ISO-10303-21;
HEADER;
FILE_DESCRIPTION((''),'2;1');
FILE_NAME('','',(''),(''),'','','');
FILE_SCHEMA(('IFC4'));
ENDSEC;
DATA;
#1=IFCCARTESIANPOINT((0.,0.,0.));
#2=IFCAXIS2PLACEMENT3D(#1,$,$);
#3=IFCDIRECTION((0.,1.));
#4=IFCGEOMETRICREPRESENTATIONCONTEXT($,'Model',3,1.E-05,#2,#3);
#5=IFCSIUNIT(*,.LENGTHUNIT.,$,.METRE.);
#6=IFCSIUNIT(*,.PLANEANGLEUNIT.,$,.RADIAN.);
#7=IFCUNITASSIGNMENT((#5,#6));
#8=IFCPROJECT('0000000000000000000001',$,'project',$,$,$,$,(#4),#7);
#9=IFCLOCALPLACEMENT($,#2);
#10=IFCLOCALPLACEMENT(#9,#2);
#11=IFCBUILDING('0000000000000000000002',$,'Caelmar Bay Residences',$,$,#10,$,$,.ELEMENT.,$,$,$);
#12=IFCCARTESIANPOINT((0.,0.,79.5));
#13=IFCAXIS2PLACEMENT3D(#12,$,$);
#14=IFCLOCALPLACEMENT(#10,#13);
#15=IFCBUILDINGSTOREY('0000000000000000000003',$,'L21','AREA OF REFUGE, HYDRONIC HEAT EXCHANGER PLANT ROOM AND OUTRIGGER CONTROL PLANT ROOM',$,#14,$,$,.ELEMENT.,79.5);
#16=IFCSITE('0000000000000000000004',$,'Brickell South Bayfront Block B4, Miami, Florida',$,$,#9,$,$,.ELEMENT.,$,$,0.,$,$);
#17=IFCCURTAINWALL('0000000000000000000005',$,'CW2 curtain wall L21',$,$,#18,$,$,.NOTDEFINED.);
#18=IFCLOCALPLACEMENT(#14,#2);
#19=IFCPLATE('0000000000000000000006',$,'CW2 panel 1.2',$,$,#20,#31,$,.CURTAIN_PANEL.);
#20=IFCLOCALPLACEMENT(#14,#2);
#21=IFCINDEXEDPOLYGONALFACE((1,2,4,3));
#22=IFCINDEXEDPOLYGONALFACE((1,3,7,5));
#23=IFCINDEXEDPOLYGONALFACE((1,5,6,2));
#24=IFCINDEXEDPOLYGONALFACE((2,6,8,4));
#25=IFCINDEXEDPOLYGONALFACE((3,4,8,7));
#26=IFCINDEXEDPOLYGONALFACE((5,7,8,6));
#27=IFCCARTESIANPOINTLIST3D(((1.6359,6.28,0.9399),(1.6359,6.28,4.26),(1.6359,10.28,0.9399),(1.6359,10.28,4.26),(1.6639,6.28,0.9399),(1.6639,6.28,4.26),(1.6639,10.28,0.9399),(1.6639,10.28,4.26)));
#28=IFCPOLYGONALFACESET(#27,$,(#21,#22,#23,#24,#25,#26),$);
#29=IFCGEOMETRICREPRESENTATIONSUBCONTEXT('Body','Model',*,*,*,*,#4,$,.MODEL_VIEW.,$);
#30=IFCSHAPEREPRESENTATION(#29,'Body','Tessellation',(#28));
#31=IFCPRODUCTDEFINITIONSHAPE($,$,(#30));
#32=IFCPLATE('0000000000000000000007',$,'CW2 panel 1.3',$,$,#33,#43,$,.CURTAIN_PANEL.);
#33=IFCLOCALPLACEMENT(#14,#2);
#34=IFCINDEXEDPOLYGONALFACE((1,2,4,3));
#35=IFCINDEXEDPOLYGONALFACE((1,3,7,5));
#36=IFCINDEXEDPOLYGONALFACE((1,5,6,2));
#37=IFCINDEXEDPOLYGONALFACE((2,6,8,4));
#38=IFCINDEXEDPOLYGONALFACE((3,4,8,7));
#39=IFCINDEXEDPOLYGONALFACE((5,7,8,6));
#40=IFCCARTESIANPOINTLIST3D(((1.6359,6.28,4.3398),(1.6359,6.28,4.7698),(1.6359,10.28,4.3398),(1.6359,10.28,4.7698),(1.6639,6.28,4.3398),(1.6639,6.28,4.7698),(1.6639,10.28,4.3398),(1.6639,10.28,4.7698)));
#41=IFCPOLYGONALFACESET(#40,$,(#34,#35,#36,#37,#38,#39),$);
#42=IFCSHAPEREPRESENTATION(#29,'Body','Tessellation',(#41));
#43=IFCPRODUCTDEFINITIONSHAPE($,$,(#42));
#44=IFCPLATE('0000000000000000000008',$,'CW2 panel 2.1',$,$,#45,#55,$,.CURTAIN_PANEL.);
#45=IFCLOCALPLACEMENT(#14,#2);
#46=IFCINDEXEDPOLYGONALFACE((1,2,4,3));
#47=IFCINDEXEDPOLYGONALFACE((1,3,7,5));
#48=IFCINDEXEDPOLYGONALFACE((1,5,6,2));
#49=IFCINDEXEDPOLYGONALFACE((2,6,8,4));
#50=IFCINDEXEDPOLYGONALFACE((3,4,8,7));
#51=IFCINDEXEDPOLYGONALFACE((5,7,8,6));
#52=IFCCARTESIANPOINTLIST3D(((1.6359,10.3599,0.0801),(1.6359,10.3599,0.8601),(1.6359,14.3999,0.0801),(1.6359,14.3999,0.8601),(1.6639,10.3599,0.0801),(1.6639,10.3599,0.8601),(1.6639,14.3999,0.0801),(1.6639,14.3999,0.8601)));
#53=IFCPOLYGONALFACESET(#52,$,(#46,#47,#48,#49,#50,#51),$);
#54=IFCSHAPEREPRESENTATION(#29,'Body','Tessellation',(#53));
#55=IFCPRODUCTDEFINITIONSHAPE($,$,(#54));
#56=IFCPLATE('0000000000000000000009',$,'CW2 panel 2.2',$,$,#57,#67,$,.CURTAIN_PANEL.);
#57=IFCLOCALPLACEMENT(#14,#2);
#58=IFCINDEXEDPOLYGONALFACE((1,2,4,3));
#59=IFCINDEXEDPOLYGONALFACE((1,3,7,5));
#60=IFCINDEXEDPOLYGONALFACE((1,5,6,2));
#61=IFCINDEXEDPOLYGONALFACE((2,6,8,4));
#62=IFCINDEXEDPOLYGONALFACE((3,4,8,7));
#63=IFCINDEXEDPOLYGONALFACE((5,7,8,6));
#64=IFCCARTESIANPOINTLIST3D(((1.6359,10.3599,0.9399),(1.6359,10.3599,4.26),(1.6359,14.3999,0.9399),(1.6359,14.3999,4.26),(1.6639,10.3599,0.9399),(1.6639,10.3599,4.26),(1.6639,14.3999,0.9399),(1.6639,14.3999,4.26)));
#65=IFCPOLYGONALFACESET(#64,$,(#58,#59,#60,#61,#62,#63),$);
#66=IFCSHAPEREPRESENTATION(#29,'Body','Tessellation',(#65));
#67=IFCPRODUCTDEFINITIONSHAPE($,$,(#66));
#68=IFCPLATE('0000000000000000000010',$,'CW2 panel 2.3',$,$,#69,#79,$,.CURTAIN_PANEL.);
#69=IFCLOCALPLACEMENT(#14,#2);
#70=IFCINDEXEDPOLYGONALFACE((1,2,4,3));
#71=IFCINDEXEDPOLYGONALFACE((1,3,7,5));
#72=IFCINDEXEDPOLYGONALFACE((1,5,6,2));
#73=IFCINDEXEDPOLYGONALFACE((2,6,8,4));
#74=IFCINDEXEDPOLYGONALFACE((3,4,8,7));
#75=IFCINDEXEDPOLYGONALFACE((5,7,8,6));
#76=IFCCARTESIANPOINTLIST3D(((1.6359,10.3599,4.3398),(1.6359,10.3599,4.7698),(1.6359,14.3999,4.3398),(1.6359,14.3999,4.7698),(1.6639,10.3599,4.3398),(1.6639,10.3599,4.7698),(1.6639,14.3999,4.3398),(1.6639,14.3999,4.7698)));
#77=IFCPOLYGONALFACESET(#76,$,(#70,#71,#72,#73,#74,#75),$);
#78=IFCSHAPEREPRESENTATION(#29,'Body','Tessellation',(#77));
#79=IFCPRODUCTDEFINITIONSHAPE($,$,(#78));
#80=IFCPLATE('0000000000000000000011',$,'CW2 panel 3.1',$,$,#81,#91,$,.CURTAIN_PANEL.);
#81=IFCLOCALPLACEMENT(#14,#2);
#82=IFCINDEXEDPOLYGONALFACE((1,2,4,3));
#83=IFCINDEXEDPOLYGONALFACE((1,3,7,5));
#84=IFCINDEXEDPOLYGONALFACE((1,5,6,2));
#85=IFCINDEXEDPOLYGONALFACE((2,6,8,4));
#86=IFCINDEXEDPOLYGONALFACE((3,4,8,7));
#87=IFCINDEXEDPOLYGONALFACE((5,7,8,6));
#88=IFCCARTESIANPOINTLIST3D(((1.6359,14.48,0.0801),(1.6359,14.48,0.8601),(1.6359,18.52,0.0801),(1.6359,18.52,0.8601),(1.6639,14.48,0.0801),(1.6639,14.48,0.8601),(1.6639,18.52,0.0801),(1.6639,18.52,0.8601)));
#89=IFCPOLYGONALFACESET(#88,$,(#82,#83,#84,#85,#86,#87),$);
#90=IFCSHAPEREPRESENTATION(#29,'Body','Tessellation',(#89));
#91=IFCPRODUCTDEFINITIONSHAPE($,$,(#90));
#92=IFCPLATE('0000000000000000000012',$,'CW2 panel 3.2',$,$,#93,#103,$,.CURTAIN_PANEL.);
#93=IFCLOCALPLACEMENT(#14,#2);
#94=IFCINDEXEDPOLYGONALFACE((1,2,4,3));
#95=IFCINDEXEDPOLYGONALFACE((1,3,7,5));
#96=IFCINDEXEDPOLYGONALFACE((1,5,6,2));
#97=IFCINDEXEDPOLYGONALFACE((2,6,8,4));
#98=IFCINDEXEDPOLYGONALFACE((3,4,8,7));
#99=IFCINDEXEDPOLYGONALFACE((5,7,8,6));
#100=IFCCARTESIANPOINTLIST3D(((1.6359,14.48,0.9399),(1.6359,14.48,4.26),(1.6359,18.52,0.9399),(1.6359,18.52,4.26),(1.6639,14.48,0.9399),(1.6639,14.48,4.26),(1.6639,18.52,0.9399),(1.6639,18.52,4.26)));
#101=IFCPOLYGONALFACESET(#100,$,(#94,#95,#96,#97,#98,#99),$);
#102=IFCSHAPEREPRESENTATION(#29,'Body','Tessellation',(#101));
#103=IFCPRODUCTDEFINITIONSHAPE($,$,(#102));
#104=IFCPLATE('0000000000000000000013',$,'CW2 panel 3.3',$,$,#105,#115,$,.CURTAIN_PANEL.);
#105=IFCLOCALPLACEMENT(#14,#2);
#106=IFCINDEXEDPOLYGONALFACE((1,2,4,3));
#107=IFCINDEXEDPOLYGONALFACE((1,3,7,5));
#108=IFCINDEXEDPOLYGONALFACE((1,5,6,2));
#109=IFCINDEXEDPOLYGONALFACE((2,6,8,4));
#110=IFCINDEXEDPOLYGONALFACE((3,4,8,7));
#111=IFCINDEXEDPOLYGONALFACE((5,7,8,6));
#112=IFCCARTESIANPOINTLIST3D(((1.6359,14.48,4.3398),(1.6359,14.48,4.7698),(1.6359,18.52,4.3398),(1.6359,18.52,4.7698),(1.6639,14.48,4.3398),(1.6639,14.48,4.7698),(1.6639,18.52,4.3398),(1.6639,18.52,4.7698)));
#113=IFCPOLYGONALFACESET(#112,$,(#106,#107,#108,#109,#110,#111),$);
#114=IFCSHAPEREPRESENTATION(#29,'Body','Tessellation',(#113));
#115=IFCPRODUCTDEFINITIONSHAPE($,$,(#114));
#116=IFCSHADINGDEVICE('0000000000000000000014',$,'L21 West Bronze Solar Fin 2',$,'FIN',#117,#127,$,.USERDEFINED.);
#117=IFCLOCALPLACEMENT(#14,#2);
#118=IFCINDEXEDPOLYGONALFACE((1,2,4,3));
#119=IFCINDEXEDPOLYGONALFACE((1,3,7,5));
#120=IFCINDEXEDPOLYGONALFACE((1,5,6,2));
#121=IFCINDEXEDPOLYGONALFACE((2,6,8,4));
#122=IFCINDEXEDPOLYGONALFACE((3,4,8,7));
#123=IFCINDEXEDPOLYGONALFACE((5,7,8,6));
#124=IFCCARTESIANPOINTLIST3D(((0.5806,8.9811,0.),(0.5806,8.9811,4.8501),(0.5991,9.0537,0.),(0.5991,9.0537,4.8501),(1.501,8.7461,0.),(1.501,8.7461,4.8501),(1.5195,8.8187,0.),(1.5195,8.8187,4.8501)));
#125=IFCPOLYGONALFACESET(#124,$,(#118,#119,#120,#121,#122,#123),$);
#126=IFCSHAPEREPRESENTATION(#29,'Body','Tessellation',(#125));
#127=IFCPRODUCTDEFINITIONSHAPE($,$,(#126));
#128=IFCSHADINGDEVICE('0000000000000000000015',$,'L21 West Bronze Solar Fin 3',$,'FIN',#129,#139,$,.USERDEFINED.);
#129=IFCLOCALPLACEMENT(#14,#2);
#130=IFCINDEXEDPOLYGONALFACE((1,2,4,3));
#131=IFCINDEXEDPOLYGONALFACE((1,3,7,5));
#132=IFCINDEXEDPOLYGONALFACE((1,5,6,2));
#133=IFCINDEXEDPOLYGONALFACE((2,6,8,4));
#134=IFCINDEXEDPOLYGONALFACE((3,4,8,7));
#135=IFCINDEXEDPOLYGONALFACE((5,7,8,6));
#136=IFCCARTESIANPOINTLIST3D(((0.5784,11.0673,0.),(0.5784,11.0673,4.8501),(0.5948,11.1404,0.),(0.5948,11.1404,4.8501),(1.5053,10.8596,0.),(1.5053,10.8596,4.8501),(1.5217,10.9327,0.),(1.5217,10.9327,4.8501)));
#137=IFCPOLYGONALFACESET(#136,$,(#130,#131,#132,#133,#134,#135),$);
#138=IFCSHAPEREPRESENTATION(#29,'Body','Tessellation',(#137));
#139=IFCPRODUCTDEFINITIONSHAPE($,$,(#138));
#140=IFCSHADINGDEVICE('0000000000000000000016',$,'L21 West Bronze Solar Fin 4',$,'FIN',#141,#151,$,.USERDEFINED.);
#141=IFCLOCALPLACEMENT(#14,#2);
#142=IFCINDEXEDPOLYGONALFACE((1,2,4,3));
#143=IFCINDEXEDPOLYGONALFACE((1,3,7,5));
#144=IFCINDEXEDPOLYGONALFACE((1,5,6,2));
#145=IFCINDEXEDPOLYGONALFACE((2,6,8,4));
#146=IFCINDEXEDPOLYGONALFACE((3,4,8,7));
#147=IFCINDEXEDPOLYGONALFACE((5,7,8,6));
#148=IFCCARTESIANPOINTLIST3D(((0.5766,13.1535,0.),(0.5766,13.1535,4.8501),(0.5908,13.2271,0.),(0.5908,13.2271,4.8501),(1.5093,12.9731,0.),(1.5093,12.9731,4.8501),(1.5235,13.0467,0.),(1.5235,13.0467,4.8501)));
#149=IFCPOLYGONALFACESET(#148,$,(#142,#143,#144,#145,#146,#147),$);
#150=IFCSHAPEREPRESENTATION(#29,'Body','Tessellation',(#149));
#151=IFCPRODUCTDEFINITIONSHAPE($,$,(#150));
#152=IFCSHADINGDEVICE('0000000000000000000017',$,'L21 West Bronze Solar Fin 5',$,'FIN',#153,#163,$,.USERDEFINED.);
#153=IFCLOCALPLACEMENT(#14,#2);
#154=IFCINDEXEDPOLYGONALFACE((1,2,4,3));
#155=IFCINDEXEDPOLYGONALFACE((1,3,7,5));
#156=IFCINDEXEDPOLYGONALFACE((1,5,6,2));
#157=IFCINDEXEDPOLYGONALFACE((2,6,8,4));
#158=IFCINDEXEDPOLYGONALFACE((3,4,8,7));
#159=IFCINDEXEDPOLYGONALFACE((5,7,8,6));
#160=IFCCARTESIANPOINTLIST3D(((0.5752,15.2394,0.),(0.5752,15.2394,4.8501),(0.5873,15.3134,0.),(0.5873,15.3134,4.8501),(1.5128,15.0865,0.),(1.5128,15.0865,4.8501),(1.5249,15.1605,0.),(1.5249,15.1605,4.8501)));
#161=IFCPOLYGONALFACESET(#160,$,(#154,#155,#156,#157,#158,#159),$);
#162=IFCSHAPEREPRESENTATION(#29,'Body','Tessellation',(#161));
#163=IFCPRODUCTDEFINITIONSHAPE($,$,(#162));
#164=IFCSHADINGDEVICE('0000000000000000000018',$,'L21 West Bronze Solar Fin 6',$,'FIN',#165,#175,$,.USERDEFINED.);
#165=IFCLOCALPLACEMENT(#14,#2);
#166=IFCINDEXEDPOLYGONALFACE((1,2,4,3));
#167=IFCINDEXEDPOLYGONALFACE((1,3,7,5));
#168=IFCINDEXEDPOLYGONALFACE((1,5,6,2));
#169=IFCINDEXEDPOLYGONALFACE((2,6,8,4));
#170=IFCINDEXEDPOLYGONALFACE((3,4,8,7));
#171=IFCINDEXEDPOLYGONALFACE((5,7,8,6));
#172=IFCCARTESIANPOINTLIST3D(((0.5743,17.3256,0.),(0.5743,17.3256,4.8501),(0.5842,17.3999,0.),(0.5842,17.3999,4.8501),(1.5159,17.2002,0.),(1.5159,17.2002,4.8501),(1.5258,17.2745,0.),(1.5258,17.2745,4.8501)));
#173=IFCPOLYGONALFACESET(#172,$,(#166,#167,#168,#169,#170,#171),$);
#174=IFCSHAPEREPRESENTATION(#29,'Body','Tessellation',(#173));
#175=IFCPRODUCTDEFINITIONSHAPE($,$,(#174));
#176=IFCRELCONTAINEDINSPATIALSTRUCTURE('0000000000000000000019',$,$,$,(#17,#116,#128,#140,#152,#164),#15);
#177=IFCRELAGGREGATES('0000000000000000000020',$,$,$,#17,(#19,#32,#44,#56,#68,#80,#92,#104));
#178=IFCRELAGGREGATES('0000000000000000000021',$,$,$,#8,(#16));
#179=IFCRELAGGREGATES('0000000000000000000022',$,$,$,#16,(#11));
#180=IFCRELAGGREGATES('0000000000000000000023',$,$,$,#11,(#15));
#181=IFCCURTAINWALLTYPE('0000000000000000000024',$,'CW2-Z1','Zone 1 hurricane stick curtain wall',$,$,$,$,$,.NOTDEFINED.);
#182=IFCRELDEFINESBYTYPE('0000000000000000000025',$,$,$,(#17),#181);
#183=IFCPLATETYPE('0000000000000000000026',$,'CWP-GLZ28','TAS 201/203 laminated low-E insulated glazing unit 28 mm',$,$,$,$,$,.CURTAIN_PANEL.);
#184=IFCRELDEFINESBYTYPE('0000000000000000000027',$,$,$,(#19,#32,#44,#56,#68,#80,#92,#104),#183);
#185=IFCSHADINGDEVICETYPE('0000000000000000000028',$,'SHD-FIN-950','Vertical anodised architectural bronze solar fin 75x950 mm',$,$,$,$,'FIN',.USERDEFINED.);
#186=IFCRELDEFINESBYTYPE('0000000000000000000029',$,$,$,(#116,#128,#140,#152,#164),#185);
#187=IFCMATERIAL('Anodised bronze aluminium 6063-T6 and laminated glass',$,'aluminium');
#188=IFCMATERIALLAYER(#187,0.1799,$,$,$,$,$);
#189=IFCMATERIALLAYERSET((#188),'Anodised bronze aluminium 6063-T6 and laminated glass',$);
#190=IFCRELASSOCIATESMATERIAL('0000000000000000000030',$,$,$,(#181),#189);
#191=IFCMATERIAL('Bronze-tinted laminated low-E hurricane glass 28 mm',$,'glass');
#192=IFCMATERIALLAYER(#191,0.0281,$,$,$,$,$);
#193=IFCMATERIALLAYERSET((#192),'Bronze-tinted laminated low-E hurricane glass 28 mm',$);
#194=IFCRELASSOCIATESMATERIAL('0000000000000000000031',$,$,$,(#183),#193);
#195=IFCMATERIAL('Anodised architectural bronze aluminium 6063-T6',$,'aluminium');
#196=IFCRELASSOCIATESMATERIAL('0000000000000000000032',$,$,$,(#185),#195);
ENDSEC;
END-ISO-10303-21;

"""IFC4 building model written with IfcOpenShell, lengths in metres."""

from ifc_helpers import new_model, si_unit, direction, frame, origin, origin_2d, place, context, subcontext, project, spatial, rectangle, extrude, material, layer, layer_set, material_profile, profile_set, type_object, element, aggregate, save


model = new_model("IFC4")

# Units and contexts
model_context = context("Model", 3, precision=1e-05, world=origin(), true_north=direction((0.0, 1.0)))
body_context = subcontext(model_context, "Body", "Model", "MODEL_VIEW")
ifc_project = project(units=[si_unit("LENGTHUNIT", "METRE"), si_unit("PLANEANGLEUNIT", "RADIAN")], contexts=[model_context])

# Site, building, storey
site_placement = place(None, origin())
site = spatial("IfcSite", under=ifc_project, at=site_placement, Name="Brickell South Bayfront Block B4, Miami, Florida", CompositionType="ELEMENT", RefElevation=0.0)
building_placement = place(site_placement, origin())
building = spatial("IfcBuilding", under=site, at=building_placement, Name="Caelmar Bay Residences", CompositionType="ELEMENT")
storey_placement = place(building_placement, frame((0.0, 0.0, 79.5)))
storey = spatial("IfcBuildingStorey", under=building, at=storey_placement, Name="L21", Description="AREA OF REFUGE, HYDRONIC HEAT EXCHANGER PLANT ROOM AND OUTRIGGER CONTROL PLANT ROOM", CompositionType="ELEMENT", Elevation=79.5)

# Curtain wall, plates
ifc_material_1 = material(Name="Anodised bronze aluminium 6063-T6 and laminated glass", Category="aluminium")
ifc_layer_1 = layer(ifc_material_1, 0.1799)
ifc_layer_set_1 = layer_set([ifc_layer_1], Name="Anodised bronze aluminium 6063-T6 and laminated glass")
curtain_wall_type = type_object("IfcCurtainWallType", Name="CW2-Z1", Description="Zone 1 hurricane stick curtain wall", PredefinedType="NOTDEFINED", material=ifc_layer_set_1)
curtain_wall_placement = place(storey_placement, origin())
curtain_wall = element("IfcCurtainWall", 1, at=curtain_wall_placement, inside=storey, type_object=curtain_wall_type, Name="CW2 curtain wall L21", PredefinedType="NOTDEFINED")
ifc_material_2 = material(Name="Bronze-tinted laminated low-E hurricane glass 28 mm", Category="glass")
ifc_layer_2 = layer(ifc_material_2, 0.0281)
ifc_layer_set_2 = layer_set([ifc_layer_2], Name="Bronze-tinted laminated low-E hurricane glass 28 mm")
plate_type = type_object("IfcPlateType", Name="CWP-GLZ28", Description="TAS 201/203 laminated low-E insulated glazing unit 28 mm", PredefinedType="CURTAIN_PANEL", material=ifc_layer_set_2)
plate_1_placement = place(storey_placement, frame((1.6499, 8.28, 0.9399), z_axis=(0.0, 0.0, 1.0), x_axis=(0.0, 1.0, 0.0)))
plate_1 = element("IfcPlate", 2, at=plate_1_placement, type_object=plate_type, Name="CW2 panel 1.2", PredefinedType="CURTAIN_PANEL", context=body_context, shape_type="SweptSolid", body=[
    extrude(rectangle(XDim=4.0, YDim=0.0281, at=origin_2d()), origin(), (0.0, 0.0, 1.0), 3.3201),
])
plate_2_placement = place(storey_placement, frame((1.6499, 8.28, 4.3398), z_axis=(0.0, 0.0, 1.0), x_axis=(0.0, 1.0, 0.0)))
plate_2 = element("IfcPlate", 3, at=plate_2_placement, type_object=plate_type, Name="CW2 panel 1.3", PredefinedType="CURTAIN_PANEL", context=body_context, shape_type="SweptSolid", body=[
    extrude(rectangle(XDim=4.0, YDim=0.0281, at=origin_2d()), origin(), (0.0, 0.0, 1.0), 0.4299),
])
plate_3_placement = place(storey_placement, frame((1.6499, 12.3799, 0.0801), z_axis=(0.0, 0.0, 1.0), x_axis=(0.0, 1.0, 0.0)))
plate_3 = element("IfcPlate", 4, at=plate_3_placement, type_object=plate_type, Name="CW2 panel 2.1", PredefinedType="CURTAIN_PANEL", context=body_context, shape_type="SweptSolid", body=[
    extrude(rectangle(XDim=4.04, YDim=0.0281, at=origin_2d()), origin(), (0.0, 0.0, 1.0), 0.78),
])
plate_4_placement = place(storey_placement, frame((1.6499, 12.3799, 0.9399), z_axis=(0.0, 0.0, 1.0), x_axis=(0.0, 1.0, 0.0)))
plate_4 = element("IfcPlate", 5, at=plate_4_placement, type_object=plate_type, Name="CW2 panel 2.2", PredefinedType="CURTAIN_PANEL", context=body_context, shape_type="SweptSolid", body=[
    extrude(rectangle(XDim=4.04, YDim=0.0281, at=origin_2d()), origin(), (0.0, 0.0, 1.0), 3.3201),
])
plate_5_placement = place(storey_placement, frame((1.6499, 12.3799, 4.3398), z_axis=(0.0, 0.0, 1.0), x_axis=(0.0, 1.0, 0.0)))
plate_5 = element("IfcPlate", 6, at=plate_5_placement, type_object=plate_type, Name="CW2 panel 2.3", PredefinedType="CURTAIN_PANEL", context=body_context, shape_type="SweptSolid", body=[
    extrude(rectangle(XDim=4.04, YDim=0.0281, at=origin_2d()), origin(), (0.0, 0.0, 1.0), 0.4299),
])
plate_6_placement = place(storey_placement, frame((1.6499, 16.5, 0.0801), z_axis=(0.0, 0.0, 1.0), x_axis=(0.0, 1.0, 0.0)))
plate_6 = element("IfcPlate", 7, at=plate_6_placement, type_object=plate_type, Name="CW2 panel 3.1", PredefinedType="CURTAIN_PANEL", context=body_context, shape_type="SweptSolid", body=[
    extrude(rectangle(XDim=4.04, YDim=0.0281, at=origin_2d()), origin(), (0.0, 0.0, 1.0), 0.78),
])
plate_7_placement = place(storey_placement, frame((1.6499, 16.5, 0.9399), z_axis=(0.0, 0.0, 1.0), x_axis=(0.0, 1.0, 0.0)))
plate_7 = element("IfcPlate", 8, at=plate_7_placement, type_object=plate_type, Name="CW2 panel 3.2", PredefinedType="CURTAIN_PANEL", context=body_context, shape_type="SweptSolid", body=[
    extrude(rectangle(XDim=4.04, YDim=0.0281, at=origin_2d()), origin(), (0.0, 0.0, 1.0), 3.3201),
])
plate_8_placement = place(storey_placement, frame((1.6499, 16.5, 4.3398), z_axis=(0.0, 0.0, 1.0), x_axis=(0.0, 1.0, 0.0)))
plate_8 = element("IfcPlate", 9, at=plate_8_placement, type_object=plate_type, Name="CW2 panel 3.3", PredefinedType="CURTAIN_PANEL", context=body_context, shape_type="SweptSolid", body=[
    extrude(rectangle(XDim=4.04, YDim=0.0281, at=origin_2d()), origin(), (0.0, 0.0, 1.0), 0.4299),
])
aggregate(curtain_wall, [plate_1, plate_2, plate_3, plate_4, plate_5, plate_6, plate_7, plate_8])

# Shading devices
ifc_material_3 = material(Name="Anodised architectural bronze aluminium 6063-T6", Category="aluminium")
ifc_material_profile_1 = material_profile(ifc_material_3, rectangle(XDim=0.075, YDim=0.95, at=origin_2d()), Name="BRONZE-FIN-75X950")
ifc_profile_set_1 = profile_set([ifc_material_profile_1], Name="Anodised architectural bronze aluminium 6063-T6")
shading_device_type = type_object("IfcShadingDeviceType", Name="SHD-FIN-950", Description="Vertical anodised architectural bronze solar fin 75x950 mm", ElementType="FIN", PredefinedType="USERDEFINED", material=ifc_profile_set_1)
for number, where, z_axis, x_axis, name in (
    (10, (1.05, 8.8999, 0.0), (0.0, 0.0, 1.0), (0.247337, 0.968929, 0.0), "L21 West Bronze Solar Fin 2"),
    (11, (1.05, 11.0, 0.0), (0.0, 0.0, 1.0), (0.218654, 0.975802, 0.0), "L21 West Bronze Solar Fin 3"),
    (12, (1.05, 13.1001, 0.0), (0.0, 0.0, 1.0), (0.189952, 0.981793, 0.0), "L21 West Bronze Solar Fin 4"),
    (13, (1.05, 15.2, 0.0), (0.0, 0.0, 1.0), (0.160915, 0.986968, 0.0), "L21 West Bronze Solar Fin 5"),
    (14, (1.05, 17.3, 0.0), (0.0, 0.0, 1.0), (0.13191, 0.991262, 0.0), "L21 West Bronze Solar Fin 6"),
):
    element("IfcShadingDevice", number, at=place(storey_placement, frame(where, z_axis=z_axis, x_axis=x_axis)), inside=storey, type_object=shading_device_type, Name=name, ObjectType="FIN", PredefinedType="USERDEFINED", context=body_context, shape_type="SweptSolid", body=[
        extrude(rectangle(XDim=0.075, YDim=0.95, at=origin_2d()), origin(), (0.0, 0.0, 1.0), 4.8501),
    ])

save(model, "model.ifc")
